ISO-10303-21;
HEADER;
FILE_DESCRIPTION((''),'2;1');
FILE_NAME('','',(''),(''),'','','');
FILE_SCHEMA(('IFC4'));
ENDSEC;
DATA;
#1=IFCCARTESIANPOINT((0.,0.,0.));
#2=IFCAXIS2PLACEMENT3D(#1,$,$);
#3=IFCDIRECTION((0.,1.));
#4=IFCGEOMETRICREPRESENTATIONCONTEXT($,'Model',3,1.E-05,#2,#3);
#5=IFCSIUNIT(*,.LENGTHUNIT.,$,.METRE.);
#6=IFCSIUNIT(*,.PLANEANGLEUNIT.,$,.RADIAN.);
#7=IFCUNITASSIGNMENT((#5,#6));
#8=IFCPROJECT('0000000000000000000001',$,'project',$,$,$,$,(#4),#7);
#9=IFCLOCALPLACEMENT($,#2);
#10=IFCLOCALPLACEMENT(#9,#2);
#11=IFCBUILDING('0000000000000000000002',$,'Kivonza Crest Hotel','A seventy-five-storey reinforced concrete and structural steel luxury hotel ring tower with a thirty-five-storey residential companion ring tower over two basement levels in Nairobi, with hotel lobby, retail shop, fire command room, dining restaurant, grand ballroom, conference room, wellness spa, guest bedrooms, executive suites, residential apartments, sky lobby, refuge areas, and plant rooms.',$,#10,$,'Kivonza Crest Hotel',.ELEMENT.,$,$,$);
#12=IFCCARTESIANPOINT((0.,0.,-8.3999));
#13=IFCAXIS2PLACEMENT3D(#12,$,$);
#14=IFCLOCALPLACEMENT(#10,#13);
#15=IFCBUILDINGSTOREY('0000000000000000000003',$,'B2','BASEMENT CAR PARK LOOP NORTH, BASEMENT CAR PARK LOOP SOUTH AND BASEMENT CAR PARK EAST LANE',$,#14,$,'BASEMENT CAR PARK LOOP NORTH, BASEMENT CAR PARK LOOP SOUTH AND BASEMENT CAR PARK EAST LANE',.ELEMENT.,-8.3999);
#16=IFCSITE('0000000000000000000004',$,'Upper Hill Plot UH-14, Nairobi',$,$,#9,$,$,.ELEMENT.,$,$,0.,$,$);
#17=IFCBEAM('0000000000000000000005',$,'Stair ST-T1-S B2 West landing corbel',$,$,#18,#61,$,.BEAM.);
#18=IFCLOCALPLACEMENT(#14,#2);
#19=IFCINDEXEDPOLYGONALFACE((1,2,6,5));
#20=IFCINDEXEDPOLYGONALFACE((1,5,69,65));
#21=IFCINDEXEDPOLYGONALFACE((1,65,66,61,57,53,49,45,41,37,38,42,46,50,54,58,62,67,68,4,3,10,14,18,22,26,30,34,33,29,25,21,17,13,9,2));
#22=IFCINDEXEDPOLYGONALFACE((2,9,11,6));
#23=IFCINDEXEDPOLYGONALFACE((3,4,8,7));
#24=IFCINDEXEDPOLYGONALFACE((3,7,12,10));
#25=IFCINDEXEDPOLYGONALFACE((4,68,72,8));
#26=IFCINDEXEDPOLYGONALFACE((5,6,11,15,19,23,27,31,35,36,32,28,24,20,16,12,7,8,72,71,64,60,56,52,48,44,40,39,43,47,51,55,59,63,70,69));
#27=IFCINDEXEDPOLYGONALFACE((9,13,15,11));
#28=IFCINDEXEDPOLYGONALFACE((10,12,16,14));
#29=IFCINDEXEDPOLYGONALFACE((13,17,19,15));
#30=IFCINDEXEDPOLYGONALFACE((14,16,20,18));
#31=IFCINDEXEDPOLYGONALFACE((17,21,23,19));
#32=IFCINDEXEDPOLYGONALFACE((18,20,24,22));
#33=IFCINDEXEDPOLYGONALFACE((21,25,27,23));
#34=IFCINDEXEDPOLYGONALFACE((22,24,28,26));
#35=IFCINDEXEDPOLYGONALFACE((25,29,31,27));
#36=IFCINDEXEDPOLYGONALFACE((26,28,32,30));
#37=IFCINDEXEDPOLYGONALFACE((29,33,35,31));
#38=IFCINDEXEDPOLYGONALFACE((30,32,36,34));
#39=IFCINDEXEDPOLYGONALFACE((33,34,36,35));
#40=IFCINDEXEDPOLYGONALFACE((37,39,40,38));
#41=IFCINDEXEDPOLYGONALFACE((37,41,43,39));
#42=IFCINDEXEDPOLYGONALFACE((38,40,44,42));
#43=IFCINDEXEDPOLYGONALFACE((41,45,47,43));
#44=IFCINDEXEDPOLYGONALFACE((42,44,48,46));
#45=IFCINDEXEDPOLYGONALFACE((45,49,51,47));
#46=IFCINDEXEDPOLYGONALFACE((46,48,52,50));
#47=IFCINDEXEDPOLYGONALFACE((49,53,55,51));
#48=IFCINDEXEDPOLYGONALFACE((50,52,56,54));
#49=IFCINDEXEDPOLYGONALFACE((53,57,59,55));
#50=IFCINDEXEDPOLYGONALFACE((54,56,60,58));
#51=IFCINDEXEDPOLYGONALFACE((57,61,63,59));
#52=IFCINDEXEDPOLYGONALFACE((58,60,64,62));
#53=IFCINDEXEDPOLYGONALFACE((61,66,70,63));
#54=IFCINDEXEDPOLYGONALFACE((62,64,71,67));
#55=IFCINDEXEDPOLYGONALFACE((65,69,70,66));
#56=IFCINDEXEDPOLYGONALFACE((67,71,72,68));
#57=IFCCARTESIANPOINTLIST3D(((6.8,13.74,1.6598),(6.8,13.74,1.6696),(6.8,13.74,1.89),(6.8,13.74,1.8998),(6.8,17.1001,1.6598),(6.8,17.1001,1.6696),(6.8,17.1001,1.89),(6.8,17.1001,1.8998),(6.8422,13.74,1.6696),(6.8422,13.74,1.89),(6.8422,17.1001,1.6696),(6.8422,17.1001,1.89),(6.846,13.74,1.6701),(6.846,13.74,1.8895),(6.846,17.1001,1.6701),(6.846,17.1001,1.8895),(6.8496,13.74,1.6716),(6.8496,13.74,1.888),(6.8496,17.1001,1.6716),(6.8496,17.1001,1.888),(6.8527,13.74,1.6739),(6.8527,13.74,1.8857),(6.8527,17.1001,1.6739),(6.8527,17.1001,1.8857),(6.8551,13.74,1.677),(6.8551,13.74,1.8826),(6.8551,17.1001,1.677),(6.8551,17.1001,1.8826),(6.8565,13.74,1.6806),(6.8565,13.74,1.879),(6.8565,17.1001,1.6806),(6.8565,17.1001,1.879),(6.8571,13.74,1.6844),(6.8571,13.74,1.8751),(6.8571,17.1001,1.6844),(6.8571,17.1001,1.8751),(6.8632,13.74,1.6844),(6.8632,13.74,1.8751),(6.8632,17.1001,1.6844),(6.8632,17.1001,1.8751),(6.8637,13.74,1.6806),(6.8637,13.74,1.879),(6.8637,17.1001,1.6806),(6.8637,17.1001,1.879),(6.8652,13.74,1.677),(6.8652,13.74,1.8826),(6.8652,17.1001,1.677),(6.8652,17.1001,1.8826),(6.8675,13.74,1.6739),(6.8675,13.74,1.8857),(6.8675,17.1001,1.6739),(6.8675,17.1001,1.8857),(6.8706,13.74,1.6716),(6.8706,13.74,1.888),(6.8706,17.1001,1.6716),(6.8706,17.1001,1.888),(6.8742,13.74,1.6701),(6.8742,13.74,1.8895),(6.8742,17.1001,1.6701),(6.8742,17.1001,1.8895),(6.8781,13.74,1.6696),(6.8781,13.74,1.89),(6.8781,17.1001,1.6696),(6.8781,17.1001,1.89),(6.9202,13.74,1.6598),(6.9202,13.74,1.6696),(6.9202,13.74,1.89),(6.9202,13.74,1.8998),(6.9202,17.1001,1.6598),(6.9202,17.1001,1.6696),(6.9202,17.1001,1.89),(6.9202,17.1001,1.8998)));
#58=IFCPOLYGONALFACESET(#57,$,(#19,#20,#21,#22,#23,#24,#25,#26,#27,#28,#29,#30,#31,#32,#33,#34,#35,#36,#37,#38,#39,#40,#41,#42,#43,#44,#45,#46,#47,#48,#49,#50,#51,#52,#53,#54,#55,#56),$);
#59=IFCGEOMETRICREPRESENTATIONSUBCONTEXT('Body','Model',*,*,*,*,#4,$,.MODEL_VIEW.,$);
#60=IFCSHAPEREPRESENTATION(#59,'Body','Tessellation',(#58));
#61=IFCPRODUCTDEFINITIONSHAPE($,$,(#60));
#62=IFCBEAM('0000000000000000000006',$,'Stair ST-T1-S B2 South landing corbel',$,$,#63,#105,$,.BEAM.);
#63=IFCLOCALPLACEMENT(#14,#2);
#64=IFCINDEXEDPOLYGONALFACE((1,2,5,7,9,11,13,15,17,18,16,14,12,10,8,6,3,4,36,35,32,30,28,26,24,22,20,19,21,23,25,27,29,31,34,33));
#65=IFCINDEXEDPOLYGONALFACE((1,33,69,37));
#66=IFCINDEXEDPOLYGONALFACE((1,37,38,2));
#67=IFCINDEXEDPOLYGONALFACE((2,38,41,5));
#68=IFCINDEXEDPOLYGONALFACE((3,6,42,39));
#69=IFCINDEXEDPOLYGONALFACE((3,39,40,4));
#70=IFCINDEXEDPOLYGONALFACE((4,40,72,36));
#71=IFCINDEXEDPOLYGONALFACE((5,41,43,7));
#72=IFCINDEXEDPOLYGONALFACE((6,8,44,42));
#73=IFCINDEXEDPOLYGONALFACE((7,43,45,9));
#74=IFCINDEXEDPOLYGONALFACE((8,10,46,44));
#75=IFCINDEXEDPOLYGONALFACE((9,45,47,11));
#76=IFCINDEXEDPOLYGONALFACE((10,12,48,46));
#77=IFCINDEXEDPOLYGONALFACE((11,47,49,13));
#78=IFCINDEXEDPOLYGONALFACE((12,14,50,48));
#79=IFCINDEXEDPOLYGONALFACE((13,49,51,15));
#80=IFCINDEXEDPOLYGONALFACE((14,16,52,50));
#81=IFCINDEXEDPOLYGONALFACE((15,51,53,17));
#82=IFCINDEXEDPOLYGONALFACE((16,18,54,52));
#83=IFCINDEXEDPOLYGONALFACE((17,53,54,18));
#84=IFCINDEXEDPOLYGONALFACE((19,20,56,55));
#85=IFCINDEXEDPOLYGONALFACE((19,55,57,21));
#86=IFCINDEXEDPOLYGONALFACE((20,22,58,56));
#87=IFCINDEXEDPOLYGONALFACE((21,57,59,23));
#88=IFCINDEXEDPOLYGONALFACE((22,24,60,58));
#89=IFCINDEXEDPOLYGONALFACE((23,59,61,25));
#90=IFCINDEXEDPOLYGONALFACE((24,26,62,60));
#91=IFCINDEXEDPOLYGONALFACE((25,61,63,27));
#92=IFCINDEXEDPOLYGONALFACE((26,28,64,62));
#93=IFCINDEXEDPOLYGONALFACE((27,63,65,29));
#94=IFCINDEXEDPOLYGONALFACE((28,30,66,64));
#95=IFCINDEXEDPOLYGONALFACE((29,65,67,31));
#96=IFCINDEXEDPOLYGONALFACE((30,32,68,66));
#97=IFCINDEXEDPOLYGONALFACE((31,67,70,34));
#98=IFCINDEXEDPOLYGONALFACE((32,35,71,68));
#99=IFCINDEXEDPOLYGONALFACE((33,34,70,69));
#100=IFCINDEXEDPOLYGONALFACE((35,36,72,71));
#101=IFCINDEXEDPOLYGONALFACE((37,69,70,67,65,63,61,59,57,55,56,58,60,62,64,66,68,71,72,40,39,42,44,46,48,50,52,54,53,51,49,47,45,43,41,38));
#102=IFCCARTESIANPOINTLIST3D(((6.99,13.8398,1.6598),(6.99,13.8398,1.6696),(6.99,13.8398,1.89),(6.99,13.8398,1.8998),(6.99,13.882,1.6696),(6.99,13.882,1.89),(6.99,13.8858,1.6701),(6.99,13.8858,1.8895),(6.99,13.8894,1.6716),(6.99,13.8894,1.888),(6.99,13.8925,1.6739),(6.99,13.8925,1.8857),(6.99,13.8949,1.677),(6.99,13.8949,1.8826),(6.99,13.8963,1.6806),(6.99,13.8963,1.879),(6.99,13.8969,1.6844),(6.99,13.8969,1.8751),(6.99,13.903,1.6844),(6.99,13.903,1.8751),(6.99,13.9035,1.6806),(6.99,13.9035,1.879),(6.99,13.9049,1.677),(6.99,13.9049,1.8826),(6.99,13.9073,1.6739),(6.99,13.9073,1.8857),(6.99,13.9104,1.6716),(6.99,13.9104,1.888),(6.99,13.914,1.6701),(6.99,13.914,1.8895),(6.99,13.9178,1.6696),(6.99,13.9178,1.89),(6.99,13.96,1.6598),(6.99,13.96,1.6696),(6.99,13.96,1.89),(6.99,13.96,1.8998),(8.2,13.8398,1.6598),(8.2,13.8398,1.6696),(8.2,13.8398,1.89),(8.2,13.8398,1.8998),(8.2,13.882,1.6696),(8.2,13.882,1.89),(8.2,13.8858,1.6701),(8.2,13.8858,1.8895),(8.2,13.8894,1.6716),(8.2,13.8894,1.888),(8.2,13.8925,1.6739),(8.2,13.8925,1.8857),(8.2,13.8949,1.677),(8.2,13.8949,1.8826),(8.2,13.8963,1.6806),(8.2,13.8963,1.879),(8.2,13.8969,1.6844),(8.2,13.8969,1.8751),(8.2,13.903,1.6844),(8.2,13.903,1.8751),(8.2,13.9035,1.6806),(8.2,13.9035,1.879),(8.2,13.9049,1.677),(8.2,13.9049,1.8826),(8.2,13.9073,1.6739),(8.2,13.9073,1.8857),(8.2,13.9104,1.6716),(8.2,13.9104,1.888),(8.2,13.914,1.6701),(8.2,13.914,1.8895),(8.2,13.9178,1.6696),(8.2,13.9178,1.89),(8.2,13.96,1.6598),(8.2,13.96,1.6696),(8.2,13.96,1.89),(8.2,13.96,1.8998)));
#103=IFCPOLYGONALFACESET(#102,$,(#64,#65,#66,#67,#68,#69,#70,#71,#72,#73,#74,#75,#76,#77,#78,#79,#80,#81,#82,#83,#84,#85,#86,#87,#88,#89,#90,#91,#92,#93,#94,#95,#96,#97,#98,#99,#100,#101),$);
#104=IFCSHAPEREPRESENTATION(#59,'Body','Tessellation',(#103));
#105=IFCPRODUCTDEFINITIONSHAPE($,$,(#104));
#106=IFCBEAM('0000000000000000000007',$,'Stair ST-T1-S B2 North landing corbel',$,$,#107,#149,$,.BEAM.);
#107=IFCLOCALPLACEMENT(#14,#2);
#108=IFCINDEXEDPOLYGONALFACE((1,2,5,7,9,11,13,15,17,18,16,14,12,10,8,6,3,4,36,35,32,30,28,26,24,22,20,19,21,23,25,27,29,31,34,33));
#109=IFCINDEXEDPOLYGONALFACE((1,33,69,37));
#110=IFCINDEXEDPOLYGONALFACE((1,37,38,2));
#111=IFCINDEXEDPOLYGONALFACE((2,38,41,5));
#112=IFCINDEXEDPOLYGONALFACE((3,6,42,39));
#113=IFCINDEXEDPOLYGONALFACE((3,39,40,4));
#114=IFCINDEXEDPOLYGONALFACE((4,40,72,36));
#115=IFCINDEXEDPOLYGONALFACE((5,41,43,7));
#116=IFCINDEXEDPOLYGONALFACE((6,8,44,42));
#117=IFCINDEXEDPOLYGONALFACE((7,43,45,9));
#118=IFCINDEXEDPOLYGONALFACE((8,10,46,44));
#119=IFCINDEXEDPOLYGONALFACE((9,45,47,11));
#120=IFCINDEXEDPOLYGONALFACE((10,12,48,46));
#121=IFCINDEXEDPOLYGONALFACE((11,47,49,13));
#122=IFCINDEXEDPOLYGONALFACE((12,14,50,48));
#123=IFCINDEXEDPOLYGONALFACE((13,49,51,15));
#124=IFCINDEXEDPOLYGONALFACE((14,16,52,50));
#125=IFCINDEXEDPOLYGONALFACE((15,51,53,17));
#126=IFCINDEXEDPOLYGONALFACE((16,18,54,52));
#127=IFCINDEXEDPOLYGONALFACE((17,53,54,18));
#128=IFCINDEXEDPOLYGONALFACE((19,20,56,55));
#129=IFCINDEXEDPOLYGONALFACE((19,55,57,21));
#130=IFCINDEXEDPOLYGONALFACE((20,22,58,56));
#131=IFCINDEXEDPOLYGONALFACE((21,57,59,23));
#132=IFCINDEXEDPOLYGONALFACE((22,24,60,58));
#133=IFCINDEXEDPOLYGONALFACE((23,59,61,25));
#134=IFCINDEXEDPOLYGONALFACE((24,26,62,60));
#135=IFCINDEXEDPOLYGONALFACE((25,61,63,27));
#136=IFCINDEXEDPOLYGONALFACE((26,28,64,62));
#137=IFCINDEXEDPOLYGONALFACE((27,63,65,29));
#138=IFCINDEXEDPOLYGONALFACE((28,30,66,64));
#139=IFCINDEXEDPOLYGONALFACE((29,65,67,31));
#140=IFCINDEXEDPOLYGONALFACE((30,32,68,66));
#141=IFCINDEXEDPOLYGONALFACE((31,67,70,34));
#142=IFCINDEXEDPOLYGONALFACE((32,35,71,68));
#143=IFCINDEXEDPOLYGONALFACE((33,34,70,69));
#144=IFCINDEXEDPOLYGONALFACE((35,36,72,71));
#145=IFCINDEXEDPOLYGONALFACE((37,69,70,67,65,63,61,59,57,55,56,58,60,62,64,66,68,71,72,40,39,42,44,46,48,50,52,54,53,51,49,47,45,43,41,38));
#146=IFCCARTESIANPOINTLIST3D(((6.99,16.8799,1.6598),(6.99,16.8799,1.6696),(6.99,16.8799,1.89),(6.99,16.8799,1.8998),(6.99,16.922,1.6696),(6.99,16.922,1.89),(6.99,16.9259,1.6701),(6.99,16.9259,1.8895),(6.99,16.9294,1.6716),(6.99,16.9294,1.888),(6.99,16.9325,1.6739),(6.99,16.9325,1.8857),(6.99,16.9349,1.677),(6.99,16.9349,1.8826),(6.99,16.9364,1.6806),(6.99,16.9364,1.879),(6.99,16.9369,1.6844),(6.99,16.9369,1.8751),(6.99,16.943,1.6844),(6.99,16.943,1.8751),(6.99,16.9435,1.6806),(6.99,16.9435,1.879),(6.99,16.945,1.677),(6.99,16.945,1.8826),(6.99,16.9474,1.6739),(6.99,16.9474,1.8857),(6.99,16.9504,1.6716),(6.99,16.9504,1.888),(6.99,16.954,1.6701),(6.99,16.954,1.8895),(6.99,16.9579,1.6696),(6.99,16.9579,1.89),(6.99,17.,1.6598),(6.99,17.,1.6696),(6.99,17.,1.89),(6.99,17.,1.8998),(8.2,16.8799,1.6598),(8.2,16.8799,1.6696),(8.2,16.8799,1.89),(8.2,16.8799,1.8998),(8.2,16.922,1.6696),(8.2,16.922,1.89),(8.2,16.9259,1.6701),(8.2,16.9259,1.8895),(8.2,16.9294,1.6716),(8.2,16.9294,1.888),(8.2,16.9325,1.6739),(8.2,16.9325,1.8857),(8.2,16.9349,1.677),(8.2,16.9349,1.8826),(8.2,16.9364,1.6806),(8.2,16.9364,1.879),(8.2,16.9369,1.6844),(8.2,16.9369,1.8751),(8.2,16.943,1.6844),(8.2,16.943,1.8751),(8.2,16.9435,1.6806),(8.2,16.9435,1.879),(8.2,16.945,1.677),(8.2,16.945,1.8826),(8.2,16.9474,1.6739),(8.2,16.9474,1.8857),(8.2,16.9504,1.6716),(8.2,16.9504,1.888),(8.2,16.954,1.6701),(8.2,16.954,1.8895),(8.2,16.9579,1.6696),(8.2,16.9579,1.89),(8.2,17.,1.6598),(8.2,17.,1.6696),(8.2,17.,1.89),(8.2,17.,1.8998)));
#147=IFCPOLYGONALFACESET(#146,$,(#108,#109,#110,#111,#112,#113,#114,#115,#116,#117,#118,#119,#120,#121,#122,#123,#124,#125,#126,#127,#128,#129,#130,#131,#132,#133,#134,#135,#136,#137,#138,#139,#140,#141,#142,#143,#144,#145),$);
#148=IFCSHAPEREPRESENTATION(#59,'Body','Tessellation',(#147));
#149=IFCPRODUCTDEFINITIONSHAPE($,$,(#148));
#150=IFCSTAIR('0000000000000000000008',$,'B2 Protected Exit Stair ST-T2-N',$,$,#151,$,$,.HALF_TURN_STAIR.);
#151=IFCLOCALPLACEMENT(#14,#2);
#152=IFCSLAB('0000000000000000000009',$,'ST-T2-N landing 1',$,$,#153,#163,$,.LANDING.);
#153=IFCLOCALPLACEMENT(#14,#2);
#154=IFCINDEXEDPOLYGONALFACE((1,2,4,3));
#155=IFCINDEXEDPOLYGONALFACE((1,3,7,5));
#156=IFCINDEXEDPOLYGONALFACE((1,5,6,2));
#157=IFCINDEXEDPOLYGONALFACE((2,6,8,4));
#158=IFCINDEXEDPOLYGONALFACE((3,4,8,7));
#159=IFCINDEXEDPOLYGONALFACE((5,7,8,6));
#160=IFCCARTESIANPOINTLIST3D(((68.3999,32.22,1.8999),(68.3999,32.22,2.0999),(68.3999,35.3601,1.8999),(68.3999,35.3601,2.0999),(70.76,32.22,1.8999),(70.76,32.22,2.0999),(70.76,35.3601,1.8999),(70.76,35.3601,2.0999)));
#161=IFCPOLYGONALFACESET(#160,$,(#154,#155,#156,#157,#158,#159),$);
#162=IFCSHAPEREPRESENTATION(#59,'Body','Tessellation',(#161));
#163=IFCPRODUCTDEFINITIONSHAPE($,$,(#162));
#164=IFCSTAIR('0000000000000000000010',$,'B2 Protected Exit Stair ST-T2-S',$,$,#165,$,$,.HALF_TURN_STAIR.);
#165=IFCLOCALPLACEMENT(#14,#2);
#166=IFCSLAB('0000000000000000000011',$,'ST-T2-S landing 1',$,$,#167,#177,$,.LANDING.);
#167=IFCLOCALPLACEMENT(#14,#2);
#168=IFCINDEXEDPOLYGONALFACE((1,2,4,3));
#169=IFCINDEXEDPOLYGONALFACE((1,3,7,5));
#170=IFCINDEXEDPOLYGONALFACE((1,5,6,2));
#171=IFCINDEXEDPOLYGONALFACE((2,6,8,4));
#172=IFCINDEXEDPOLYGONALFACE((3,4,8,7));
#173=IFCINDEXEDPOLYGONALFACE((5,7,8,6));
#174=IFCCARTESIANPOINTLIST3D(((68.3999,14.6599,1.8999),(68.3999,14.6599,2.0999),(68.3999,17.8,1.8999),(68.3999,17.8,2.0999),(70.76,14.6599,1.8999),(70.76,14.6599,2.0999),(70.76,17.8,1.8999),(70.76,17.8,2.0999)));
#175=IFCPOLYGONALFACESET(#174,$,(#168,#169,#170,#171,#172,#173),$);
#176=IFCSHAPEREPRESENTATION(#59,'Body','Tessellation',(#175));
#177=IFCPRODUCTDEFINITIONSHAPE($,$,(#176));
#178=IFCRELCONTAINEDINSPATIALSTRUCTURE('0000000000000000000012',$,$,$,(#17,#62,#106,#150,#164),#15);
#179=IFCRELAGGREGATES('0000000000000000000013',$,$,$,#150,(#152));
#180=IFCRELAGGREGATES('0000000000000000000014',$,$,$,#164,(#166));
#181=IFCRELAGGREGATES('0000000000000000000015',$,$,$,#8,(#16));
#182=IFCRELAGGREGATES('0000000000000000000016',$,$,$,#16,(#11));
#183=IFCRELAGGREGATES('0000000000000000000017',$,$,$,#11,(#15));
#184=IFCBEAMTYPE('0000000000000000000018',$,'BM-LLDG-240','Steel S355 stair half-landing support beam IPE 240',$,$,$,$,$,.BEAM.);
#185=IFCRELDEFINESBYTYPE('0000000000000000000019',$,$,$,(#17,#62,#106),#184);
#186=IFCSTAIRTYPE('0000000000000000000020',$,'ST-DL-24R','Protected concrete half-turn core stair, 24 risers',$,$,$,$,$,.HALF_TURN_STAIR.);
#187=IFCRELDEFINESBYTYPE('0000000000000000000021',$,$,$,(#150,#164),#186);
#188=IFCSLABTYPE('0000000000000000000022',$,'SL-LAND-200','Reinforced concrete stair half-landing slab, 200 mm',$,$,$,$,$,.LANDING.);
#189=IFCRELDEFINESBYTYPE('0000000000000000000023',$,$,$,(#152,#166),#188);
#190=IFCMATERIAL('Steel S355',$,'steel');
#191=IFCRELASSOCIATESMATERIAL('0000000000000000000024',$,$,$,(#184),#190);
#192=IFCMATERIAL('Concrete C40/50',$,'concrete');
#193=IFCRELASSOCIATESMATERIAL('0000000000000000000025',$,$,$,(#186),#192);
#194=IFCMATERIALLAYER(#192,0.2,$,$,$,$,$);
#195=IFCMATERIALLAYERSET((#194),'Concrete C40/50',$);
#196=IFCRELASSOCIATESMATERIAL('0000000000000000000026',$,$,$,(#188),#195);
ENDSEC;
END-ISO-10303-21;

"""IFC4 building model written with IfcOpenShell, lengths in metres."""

from ifc_helpers import new_model, si_unit, direction, frame, origin, origin_2d, place, context, subcontext, project, spatial, polyline, i_section, outline, extrude, material, layer, layer_set, material_profile, profile_set, type_object, element, aggregate, save


model = new_model("IFC4")

# Units and contexts
model_context = context("Model", 3, precision=1e-05, world=origin(), true_north=direction((0.0, 1.0)))
body_context = subcontext(model_context, "Body", "Model", "MODEL_VIEW")
ifc_project = project(units=[si_unit("LENGTHUNIT", "METRE"), si_unit("PLANEANGLEUNIT", "RADIAN")], contexts=[model_context])

# Site, building, storey
site_placement = place(None, origin())
site = spatial("IfcSite", under=ifc_project, at=site_placement, Name="Upper Hill Plot UH-14, Nairobi", CompositionType="ELEMENT", RefElevation=0.0)
building_placement = place(site_placement, origin())
building = spatial("IfcBuilding", under=site, at=building_placement, Name="Kivonza Crest Hotel", Description="A seventy-five-storey reinforced concrete and structural steel luxury hotel ring tower with a thirty-five-storey residential companion ring tower over two basement levels in Nairobi, with hotel lobby, retail shop, fire command room, dining restaurant, grand ballroom, conference room, wellness spa, guest bedrooms, executive suites, residential apartments, sky lobby, refuge areas, and plant rooms.", LongName="Kivonza Crest Hotel", CompositionType="ELEMENT")
storey_placement = place(building_placement, frame((0.0, 0.0, -8.3999)))
storey = spatial("IfcBuildingStorey", under=building, at=storey_placement, Name="B2", Description="BASEMENT CAR PARK LOOP NORTH, BASEMENT CAR PARK LOOP SOUTH AND BASEMENT CAR PARK EAST LANE", LongName="BASEMENT CAR PARK LOOP NORTH, BASEMENT CAR PARK LOOP SOUTH AND BASEMENT CAR PARK EAST LANE", CompositionType="ELEMENT", Elevation=-8.3999)

# Shared definitions
ifc_material_1 = material(Name="Concrete C40/50", Category="concrete")

# Beams
ifc_material_2 = material(Name="Steel S355", Category="steel")
ifc_material_profile_1 = material_profile(ifc_material_2, i_section(OverallWidth=0.1201, OverallDepth=0.24, WebThickness=0.0061, FlangeThickness=0.0098, FilletRadius=0.0149, at=origin_2d()), Name="IPE 240")
ifc_profile_set_1 = profile_set([ifc_material_profile_1], Name="Steel S355")
beam_type = type_object("IfcBeamType", Name="BM-LLDG-240", Description="Steel S355 stair half-landing support beam IPE 240", PredefinedType="BEAM", material=ifc_profile_set_1)
beam_placement = place(storey_placement, frame((6.8601, 13.74, 1.7798), z_axis=(0.0, 1.0, 0.0), x_axis=(-1.0, 0.0, 0.0)))
element("IfcBeam", 1, at=beam_placement, inside=storey, type_object=beam_type, Name="Stair ST-T1-S B2 West landing corbel", PredefinedType="BEAM", context=body_context, shape_type="SweptSolid", body=[
    extrude(i_section(OverallWidth=0.1201, OverallDepth=0.24, WebThickness=0.0061, FlangeThickness=0.0098, FilletRadius=0.0149, at=origin_2d()), origin(), (0.0, 0.0, 1.0), 3.3601),
])
for number, where, z_axis, x_axis, name in (
    (2, (6.99, 13.8999, 1.7798), (1.0, 0.0, 0.0), (0.0, 1.0, 0.0), "Stair ST-T1-S B2 South landing corbel"),
    (3, (6.99, 16.9399, 1.7798), (1.0, 0.0, 0.0), (0.0, 1.0, 0.0), "Stair ST-T1-S B2 North landing corbel"),
):
    element("IfcBeam", number, at=place(storey_placement, frame(where, z_axis=z_axis, x_axis=x_axis)), inside=storey, type_object=beam_type, Name=name, PredefinedType="BEAM", context=body_context, shape_type="SweptSolid", body=[
        extrude(i_section(OverallWidth=0.1201, OverallDepth=0.24, WebThickness=0.0061, FlangeThickness=0.0098, FilletRadius=0.0149, at=origin_2d()), origin(), (0.0, 0.0, 1.0), 1.21),
    ])

# Stairs, slabs
stair_type = type_object("IfcStairType", Name="ST-DL-24R", Description="Protected concrete half-turn core stair, 24 risers", PredefinedType="HALF_TURN_STAIR", material=ifc_material_1)
stair_1_placement = place(storey_placement, origin())
stair_1 = element("IfcStair", 4, at=stair_1_placement, inside=storey, type_object=stair_type, Name="B2 Protected Exit Stair ST-T2-N", PredefinedType="HALF_TURN_STAIR")
ifc_layer_1 = layer(ifc_material_1, 0.2)
ifc_layer_set_1 = layer_set([ifc_layer_1], Name="Concrete C40/50")
slab_type = type_object("IfcSlabType", Name="SL-LAND-200", Description="Reinforced concrete stair half-landing slab, 200 mm", PredefinedType="LANDING", material=ifc_layer_set_1)
slab_1_placement = place(storey_placement, frame((0.0, 0.0, 1.8999)))
slab_1 = element("IfcSlab", 5, at=slab_1_placement, type_object=slab_type, Name="ST-T2-N landing 1", PredefinedType="LANDING", context=body_context, shape_type="SweptSolid", body=[
    extrude(outline(polyline([(70.76, 35.3601), (68.3999, 35.3601), (68.3999, 32.22), (70.76, 32.22), (70.76, 35.3601)])), origin(), (0.0, 0.0, 1.0), 0.2),
])
aggregate(stair_1, [slab_1])
stair_2_placement = place(storey_placement, origin())
stair_2 = element("IfcStair", 6, at=stair_2_placement, inside=storey, type_object=stair_type, Name="B2 Protected Exit Stair ST-T2-S", PredefinedType="HALF_TURN_STAIR")
slab_2_placement = place(storey_placement, frame((0.0, 0.0, 1.8999)))
slab_2 = element("IfcSlab", 7, at=slab_2_placement, type_object=slab_type, Name="ST-T2-S landing 1", PredefinedType="LANDING", context=body_context, shape_type="SweptSolid", body=[
    extrude(outline(polyline([(70.76, 17.8), (68.3999, 17.8), (68.3999, 14.6599), (70.76, 14.6599), (70.76, 17.8)])), origin(), (0.0, 0.0, 1.0), 0.2),
])
aggregate(stair_2, [slab_2])

save(model, "model.ifc")
